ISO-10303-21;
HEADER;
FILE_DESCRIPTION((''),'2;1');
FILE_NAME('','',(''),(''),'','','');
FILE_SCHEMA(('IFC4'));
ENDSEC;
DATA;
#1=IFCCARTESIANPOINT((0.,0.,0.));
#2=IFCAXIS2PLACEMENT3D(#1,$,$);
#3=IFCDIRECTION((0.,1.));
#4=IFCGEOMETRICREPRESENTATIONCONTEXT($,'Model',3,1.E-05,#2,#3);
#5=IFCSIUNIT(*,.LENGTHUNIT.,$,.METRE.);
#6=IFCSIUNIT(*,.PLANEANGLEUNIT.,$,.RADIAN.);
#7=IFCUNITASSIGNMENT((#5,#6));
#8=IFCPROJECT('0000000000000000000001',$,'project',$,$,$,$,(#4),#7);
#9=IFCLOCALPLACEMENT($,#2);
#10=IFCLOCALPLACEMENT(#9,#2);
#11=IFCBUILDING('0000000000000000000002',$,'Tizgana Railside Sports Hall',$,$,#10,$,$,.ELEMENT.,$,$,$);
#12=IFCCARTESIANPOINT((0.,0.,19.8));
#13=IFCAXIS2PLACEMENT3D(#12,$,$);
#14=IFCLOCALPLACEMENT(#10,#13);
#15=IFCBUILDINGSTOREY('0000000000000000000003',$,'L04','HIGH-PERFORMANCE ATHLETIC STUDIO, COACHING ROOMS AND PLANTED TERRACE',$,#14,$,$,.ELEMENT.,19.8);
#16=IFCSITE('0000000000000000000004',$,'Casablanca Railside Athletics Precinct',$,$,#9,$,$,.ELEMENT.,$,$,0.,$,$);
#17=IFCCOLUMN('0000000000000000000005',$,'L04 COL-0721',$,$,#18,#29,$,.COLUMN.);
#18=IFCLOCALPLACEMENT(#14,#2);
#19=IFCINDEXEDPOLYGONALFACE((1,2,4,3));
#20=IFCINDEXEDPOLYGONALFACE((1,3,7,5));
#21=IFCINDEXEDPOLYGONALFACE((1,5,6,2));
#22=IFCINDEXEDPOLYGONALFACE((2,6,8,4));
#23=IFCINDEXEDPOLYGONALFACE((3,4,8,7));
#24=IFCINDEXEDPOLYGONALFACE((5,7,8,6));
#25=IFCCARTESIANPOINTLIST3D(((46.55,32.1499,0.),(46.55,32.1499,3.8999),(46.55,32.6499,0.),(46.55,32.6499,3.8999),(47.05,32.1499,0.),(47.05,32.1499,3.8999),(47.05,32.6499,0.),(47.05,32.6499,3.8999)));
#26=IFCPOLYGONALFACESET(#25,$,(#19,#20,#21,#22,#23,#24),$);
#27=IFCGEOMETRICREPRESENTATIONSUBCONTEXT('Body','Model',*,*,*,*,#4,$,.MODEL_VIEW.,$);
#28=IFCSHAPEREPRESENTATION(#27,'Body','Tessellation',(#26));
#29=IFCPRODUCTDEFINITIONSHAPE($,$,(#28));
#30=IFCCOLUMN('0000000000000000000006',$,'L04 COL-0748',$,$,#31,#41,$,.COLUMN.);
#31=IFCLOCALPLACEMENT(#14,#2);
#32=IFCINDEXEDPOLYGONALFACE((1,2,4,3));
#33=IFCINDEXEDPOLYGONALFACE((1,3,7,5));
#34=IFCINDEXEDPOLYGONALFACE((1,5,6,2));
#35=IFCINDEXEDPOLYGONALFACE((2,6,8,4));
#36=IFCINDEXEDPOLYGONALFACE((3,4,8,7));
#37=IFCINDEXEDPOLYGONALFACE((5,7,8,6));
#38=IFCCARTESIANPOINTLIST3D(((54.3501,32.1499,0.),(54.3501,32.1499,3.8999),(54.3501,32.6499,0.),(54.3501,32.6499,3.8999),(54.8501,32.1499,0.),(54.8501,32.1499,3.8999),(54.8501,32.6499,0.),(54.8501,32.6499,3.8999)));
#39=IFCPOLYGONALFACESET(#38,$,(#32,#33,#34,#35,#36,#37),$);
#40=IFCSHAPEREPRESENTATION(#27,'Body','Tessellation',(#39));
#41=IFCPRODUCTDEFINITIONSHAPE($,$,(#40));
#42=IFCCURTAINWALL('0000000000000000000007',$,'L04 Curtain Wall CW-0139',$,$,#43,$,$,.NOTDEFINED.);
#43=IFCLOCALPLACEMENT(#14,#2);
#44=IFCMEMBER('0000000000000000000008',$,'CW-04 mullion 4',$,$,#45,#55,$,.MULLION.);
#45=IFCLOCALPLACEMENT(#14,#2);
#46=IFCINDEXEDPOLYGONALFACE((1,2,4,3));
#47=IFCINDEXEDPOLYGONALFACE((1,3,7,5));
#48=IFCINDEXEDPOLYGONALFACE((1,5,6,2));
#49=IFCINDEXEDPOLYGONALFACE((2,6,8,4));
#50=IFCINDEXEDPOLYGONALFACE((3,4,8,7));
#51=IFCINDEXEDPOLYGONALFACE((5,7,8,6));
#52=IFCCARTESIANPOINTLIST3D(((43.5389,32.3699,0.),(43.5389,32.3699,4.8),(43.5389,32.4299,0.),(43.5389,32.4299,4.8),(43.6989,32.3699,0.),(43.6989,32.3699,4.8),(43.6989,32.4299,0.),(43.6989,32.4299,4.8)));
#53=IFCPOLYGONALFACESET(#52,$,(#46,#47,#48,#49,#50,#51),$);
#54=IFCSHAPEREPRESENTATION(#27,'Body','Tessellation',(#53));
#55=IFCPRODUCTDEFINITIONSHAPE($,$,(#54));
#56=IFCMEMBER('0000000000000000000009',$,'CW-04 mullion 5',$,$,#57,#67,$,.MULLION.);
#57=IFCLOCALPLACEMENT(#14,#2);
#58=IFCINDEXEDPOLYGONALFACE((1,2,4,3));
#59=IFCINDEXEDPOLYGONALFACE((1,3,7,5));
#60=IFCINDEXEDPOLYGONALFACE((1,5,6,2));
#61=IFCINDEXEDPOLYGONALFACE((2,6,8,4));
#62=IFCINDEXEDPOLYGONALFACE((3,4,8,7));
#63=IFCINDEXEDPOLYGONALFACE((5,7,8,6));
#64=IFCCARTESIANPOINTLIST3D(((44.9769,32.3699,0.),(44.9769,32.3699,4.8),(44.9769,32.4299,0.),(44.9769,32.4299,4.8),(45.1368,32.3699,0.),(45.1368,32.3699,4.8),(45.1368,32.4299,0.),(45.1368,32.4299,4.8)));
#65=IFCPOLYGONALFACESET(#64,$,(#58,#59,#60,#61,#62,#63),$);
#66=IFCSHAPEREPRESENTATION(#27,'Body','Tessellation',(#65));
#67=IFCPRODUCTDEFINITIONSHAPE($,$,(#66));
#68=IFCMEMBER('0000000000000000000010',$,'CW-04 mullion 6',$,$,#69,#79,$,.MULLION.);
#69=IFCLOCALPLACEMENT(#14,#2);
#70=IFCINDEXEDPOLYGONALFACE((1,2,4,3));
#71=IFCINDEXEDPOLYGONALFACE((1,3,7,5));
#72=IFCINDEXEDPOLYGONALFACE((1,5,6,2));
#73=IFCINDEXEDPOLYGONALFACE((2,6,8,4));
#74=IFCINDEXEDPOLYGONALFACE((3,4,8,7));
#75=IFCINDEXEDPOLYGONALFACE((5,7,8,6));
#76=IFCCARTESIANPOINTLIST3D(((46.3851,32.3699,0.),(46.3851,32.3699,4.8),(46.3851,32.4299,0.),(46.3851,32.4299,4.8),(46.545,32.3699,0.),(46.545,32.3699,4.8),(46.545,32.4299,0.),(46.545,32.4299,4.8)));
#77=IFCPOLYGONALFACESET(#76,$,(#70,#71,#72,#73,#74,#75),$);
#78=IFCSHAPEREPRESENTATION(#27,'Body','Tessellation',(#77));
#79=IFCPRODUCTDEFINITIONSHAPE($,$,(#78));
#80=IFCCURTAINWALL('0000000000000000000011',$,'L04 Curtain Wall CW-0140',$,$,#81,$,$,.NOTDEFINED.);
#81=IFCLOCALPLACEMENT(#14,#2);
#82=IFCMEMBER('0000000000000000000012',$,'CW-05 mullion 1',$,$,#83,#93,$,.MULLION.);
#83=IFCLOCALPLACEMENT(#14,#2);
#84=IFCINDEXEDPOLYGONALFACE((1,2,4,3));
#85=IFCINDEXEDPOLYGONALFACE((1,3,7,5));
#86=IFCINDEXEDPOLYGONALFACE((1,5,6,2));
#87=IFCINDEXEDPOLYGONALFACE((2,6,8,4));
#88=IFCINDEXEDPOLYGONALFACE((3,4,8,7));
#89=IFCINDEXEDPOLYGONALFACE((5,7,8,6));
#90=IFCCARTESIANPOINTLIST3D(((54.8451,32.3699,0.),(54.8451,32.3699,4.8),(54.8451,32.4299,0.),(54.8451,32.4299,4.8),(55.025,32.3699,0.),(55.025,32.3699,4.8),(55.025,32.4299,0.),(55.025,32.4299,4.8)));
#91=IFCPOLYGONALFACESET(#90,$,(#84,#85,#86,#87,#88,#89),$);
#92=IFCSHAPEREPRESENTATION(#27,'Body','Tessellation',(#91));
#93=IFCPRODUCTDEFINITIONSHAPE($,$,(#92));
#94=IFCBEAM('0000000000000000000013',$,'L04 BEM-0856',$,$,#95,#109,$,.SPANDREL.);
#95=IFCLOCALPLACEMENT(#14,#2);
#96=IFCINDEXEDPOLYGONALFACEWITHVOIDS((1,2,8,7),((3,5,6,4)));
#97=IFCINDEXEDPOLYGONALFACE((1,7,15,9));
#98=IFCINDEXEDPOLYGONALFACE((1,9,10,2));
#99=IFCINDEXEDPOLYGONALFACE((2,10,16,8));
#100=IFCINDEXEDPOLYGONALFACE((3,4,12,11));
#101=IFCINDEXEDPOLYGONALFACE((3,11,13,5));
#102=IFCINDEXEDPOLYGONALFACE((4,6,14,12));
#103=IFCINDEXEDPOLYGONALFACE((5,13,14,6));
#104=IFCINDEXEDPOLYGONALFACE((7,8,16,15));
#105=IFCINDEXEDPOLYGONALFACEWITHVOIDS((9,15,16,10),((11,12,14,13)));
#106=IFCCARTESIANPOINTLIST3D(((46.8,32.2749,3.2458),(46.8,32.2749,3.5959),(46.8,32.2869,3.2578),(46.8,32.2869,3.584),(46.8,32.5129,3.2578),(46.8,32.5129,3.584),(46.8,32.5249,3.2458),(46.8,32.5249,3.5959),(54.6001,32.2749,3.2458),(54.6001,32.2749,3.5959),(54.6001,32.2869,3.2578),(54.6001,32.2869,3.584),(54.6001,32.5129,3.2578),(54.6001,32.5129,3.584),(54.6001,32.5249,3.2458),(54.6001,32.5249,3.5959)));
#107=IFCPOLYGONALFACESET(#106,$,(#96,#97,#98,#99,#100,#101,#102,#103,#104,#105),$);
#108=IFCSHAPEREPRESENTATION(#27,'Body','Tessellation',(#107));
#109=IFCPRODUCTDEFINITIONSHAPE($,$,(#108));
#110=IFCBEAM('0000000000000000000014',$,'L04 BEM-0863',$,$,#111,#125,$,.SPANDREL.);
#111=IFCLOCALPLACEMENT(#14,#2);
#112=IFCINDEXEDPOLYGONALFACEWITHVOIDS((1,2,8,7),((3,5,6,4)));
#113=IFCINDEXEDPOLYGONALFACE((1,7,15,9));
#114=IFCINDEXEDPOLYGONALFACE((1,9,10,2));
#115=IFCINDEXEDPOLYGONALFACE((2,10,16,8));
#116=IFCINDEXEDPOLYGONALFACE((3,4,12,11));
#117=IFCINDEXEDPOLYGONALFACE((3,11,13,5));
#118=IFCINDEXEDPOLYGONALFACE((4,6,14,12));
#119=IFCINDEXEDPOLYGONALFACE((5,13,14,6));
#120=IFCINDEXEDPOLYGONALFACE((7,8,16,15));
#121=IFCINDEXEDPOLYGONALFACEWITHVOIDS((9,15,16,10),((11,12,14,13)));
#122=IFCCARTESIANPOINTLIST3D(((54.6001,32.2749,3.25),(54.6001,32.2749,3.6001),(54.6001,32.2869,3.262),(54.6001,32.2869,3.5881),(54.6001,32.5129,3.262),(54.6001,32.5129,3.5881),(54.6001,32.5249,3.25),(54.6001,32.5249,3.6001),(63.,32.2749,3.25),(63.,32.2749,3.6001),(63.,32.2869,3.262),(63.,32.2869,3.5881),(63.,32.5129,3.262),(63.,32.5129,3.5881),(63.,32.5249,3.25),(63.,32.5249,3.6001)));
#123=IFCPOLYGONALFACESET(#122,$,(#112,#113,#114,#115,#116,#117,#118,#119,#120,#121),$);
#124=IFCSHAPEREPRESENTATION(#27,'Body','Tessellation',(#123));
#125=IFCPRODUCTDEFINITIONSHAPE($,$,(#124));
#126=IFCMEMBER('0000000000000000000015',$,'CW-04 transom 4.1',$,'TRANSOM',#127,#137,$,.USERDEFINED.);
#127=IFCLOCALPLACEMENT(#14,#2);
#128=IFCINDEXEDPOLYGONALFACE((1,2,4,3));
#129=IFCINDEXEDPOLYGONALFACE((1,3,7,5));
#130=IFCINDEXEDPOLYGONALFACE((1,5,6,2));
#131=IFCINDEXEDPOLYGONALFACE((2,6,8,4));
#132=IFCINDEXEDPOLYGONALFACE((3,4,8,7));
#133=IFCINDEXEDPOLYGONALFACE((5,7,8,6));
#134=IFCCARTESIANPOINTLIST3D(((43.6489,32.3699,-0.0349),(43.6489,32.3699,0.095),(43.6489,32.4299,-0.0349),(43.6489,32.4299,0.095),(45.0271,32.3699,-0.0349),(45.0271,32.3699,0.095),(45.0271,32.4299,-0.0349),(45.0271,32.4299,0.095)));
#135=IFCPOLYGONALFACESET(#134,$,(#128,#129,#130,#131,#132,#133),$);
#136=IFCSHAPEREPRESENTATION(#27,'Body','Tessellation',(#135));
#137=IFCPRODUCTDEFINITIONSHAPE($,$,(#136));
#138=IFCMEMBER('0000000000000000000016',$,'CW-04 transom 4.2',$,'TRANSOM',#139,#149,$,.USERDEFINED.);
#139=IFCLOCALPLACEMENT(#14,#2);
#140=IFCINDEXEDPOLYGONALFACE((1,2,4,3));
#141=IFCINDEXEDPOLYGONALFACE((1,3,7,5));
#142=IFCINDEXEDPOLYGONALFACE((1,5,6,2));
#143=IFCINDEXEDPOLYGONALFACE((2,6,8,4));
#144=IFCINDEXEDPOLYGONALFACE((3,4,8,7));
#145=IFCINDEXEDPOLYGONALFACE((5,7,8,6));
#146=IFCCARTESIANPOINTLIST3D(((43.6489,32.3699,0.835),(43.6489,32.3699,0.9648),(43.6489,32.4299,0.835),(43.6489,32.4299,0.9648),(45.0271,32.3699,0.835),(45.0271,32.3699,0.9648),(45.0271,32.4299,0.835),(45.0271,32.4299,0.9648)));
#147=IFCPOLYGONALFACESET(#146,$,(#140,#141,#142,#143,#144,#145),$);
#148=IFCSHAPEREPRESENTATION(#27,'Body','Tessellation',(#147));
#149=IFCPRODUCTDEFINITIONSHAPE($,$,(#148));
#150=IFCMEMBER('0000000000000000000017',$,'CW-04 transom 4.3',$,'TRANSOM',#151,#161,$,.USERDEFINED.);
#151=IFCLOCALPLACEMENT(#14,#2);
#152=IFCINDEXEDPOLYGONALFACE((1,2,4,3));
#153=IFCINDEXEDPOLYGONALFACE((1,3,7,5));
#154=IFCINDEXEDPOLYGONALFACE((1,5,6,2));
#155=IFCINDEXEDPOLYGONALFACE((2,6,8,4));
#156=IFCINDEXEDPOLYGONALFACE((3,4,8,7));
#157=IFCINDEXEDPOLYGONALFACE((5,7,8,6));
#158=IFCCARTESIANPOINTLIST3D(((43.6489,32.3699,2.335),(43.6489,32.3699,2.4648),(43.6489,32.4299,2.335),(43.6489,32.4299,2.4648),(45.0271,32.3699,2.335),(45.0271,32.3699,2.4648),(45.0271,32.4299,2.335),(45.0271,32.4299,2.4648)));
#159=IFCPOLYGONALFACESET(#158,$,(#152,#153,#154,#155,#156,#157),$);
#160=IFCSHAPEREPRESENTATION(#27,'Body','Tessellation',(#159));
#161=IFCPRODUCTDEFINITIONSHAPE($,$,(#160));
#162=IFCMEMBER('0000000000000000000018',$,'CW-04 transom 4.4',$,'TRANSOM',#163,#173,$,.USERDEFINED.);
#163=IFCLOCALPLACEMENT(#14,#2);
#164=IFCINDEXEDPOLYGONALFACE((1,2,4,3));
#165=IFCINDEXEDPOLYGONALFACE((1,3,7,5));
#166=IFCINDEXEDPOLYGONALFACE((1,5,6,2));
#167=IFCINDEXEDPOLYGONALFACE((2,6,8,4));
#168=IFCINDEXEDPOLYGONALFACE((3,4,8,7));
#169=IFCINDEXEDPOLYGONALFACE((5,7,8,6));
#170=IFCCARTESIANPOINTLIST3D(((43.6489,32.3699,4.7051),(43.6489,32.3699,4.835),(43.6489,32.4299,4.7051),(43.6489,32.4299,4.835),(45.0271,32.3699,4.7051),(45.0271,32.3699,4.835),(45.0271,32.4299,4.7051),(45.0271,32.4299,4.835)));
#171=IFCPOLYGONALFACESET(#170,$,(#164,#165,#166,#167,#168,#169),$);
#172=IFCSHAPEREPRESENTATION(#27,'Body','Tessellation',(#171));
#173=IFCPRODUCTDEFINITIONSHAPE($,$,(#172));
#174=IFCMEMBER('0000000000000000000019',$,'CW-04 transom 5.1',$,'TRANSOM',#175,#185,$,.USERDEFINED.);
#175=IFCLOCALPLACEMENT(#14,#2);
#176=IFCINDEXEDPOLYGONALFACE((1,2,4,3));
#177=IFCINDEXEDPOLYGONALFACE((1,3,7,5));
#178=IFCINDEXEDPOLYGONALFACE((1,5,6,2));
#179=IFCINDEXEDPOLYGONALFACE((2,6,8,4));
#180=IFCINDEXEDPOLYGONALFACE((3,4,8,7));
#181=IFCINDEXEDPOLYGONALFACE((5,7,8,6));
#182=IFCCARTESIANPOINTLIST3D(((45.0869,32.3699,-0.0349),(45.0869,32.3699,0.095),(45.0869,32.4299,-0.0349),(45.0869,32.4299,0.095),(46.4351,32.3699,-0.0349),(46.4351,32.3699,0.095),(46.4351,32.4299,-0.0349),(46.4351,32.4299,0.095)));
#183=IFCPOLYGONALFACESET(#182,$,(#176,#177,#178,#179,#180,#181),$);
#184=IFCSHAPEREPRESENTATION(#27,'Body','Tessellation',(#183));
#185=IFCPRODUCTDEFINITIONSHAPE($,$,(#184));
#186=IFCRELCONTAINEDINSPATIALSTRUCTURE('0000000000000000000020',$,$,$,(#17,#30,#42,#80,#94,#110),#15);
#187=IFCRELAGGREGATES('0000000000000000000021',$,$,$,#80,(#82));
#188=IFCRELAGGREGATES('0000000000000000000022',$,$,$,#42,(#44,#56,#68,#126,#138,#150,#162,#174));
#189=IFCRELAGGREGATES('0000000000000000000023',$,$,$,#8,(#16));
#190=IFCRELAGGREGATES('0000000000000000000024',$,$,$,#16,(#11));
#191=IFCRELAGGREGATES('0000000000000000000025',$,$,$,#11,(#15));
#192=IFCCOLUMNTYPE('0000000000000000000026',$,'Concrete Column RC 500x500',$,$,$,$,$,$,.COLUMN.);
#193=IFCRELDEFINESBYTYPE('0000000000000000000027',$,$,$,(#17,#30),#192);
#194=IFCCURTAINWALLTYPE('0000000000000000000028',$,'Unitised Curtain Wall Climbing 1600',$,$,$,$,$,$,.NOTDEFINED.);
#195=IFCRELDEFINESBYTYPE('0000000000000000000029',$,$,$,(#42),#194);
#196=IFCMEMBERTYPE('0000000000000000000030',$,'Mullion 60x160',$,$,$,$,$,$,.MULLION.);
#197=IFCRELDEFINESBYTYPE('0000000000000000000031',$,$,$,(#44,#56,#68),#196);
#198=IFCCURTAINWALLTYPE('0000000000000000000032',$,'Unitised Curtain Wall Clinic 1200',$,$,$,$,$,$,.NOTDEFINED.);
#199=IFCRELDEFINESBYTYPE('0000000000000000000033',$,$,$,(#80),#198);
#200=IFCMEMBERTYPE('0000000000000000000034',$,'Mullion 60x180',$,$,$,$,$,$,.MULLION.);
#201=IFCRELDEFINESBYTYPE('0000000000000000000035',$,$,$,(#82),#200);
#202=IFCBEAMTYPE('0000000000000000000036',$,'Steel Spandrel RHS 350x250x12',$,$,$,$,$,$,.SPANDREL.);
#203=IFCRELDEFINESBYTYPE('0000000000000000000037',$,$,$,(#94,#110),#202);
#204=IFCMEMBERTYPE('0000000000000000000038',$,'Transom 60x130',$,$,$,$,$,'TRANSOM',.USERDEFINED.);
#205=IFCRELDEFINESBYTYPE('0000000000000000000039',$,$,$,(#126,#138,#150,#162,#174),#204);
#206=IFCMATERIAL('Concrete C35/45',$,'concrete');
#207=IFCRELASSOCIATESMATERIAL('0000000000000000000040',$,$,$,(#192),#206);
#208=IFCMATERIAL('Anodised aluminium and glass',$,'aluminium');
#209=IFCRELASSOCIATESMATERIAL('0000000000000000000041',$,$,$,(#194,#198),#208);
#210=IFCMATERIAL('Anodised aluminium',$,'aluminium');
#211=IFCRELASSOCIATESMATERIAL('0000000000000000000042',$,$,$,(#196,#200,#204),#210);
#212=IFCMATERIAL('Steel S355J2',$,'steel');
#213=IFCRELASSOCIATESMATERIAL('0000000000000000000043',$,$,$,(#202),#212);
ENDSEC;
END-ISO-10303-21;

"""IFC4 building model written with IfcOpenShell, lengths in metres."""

from ifc_helpers import new_model, si_unit, direction, frame, origin, origin_2d, place, context, subcontext, project, spatial, rectangle, hollow_rectangle, extrude, material, material_profile, profile_set, type_object, element, aggregate, save


model = new_model("IFC4")

# Units and contexts
model_context = context("Model", 3, precision=1e-05, world=origin(), true_north=direction((0.0, 1.0)))
body_context = subcontext(model_context, "Body", "Model", "MODEL_VIEW")
ifc_project = project(units=[si_unit("LENGTHUNIT", "METRE"), si_unit("PLANEANGLEUNIT", "RADIAN")], contexts=[model_context])

# Site, building, storey
site_placement = place(None, origin())
site = spatial("IfcSite", under=ifc_project, at=site_placement, Name="Casablanca Railside Athletics Precinct", CompositionType="ELEMENT", RefElevation=0.0)
building_placement = place(site_placement, origin())
building = spatial("IfcBuilding", under=site, at=building_placement, Name="Tizgana Railside Sports Hall", CompositionType="ELEMENT")
storey_placement = place(building_placement, frame((0.0, 0.0, 19.8)))
storey = spatial("IfcBuildingStorey", under=building, at=storey_placement, Name="L04", Description="HIGH-PERFORMANCE ATHLETIC STUDIO, COACHING ROOMS AND PLANTED TERRACE", CompositionType="ELEMENT", Elevation=19.8)

# Columns
ifc_material_1 = material(Name="Concrete C35/45", Category="concrete")
ifc_material_profile_1 = material_profile(ifc_material_1, rectangle(XDim=0.5, YDim=0.5, at=origin_2d()), Name="RC 500x500")
ifc_profile_set_1 = profile_set([ifc_material_profile_1], Name="Concrete C35/45")
column_type = type_object("IfcColumnType", Name="Concrete Column RC 500x500", PredefinedType="COLUMN", material=ifc_profile_set_1)
for number, where, z_axis, x_axis, name in (
    (1, (46.8, 32.3999, 0.0), (0.0, 0.0, 1.0), (1.0, 0.0, 0.0), "L04 COL-0721"),
    (2, (54.6001, 32.3999, 0.0), (0.0, 0.0, 1.0), (1.0, 0.0, 0.0), "L04 COL-0748"),
):
    element("IfcColumn", number, at=place(storey_placement, frame(where, z_axis=z_axis, x_axis=x_axis)), inside=storey, type_object=column_type, Name=name, PredefinedType="COLUMN", context=body_context, shape_type="SweptSolid", body=[
        extrude(rectangle(XDim=0.5, YDim=0.5, at=origin_2d()), origin(), (0.0, 0.0, 1.0), 3.8999),
    ])

# Curtain wall, members
ifc_material_2 = material(Name="Anodised aluminium and glass", Category="aluminium")
curtain_wall_type_1 = type_object("IfcCurtainWallType", Name="Unitised Curtain Wall Climbing 1600", PredefinedType="NOTDEFINED", material=ifc_material_2)
curtain_wall_1_placement = place(storey_placement, origin())
curtain_wall_1 = element("IfcCurtainWall", 3, at=curtain_wall_1_placement, inside=storey, type_object=curtain_wall_type_1, Name="L04 Curtain Wall CW-0139", PredefinedType="NOTDEFINED")
ifc_material_3 = material(Name="Anodised aluminium", Category="aluminium")
ifc_material_profile_2 = material_profile(ifc_material_3, rectangle(XDim=0.0601, YDim=0.1599, at=origin_2d()), Name="Mullion 60x160")
ifc_profile_set_2 = profile_set([ifc_material_profile_2], Name="Anodised aluminium")
member_type_1 = type_object("IfcMemberType", Name="Mullion 60x160", PredefinedType="MULLION", material=ifc_profile_set_2)
member_1_placement = place(storey_placement, frame((43.6189, 32.3999, 0.0), z_axis=(0.0, 0.0, 1.0), x_axis=(0.0, 1.0, 0.0)))
member_1 = element("IfcMember", 4, at=member_1_placement, type_object=member_type_1, Name="CW-04 mullion 4", PredefinedType="MULLION", context=body_context, shape_type="SweptSolid", body=[
    extrude(rectangle(XDim=0.0601, YDim=0.1599, at=origin_2d()), origin(), (0.0, 0.0, 1.0), 4.8),
])
member_2_placement = place(storey_placement, frame((45.0569, 32.3999, 0.0), z_axis=(0.0, 0.0, 1.0), x_axis=(0.0, 1.0, 0.0)))
member_2 = element("IfcMember", 5, at=member_2_placement, type_object=member_type_1, Name="CW-04 mullion 5", PredefinedType="MULLION", context=body_context, shape_type="SweptSolid", body=[
    extrude(rectangle(XDim=0.0601, YDim=0.1599, at=origin_2d()), origin(), (0.0, 0.0, 1.0), 4.8),
])
member_3_placement = place(storey_placement, frame((46.4651, 32.3999, 0.0), z_axis=(0.0, 0.0, 1.0), x_axis=(0.0, 1.0, 0.0)))
member_3 = element("IfcMember", 6, at=member_3_placement, type_object=member_type_1, Name="CW-04 mullion 6", PredefinedType="MULLION", context=body_context, shape_type="SweptSolid", body=[
    extrude(rectangle(XDim=0.0601, YDim=0.1599, at=origin_2d()), origin(), (0.0, 0.0, 1.0), 4.8),
])

# Curtain wall, member
curtain_wall_type_2 = type_object("IfcCurtainWallType", Name="Unitised Curtain Wall Clinic 1200", PredefinedType="NOTDEFINED", material=ifc_material_2)
curtain_wall_2_placement = place(storey_placement, origin())
curtain_wall_2 = element("IfcCurtainWall", 7, at=curtain_wall_2_placement, inside=storey, type_object=curtain_wall_type_2, Name="L04 Curtain Wall CW-0140", PredefinedType="NOTDEFINED")
ifc_material_profile_3 = material_profile(ifc_material_3, rectangle(XDim=0.0601, YDim=0.1799, at=origin_2d()), Name="Mullion 60x180")
ifc_profile_set_3 = profile_set([ifc_material_profile_3], Name="Anodised aluminium")
member_type_2 = type_object("IfcMemberType", Name="Mullion 60x180", PredefinedType="MULLION", material=ifc_profile_set_3)
member_4_placement = place(storey_placement, frame((54.9351, 32.3999, 0.0), z_axis=(0.0, 0.0, 1.0), x_axis=(0.0, 1.0, 0.0)))
member_4 = element("IfcMember", 8, at=member_4_placement, type_object=member_type_2, Name="CW-05 mullion 1", PredefinedType="MULLION", context=body_context, shape_type="SweptSolid", body=[
    extrude(rectangle(XDim=0.0601, YDim=0.1799, at=origin_2d()), origin(), (0.0, 0.0, 1.0), 4.8),
])

# Beams
ifc_material_4 = material(Name="Steel S355J2", Category="steel")
ifc_material_profile_4 = material_profile(ifc_material_4, hollow_rectangle(XDim=0.25, YDim=0.3501, WallThickness=0.012, at=origin_2d()), Name="RHS 350x250x12")
ifc_profile_set_4 = profile_set([ifc_material_profile_4], Name="Steel S355J2")
beam_type = type_object("IfcBeamType", Name="Steel Spandrel RHS 350x250x12", PredefinedType="SPANDREL", material=ifc_profile_set_4)
beam_1_placement = place(storey_placement, frame((46.8, 32.3999, 3.4209), z_axis=(1.0, 0.0, 0.0), x_axis=(0.0, 1.0, 0.0)))
element("IfcBeam", 9, at=beam_1_placement, inside=storey, type_object=beam_type, Name="L04 BEM-0856", PredefinedType="SPANDREL", context=body_context, shape_type="SweptSolid", body=[
    extrude(hollow_rectangle(XDim=0.25, YDim=0.3501, WallThickness=0.012, at=origin_2d()), origin(), (0.0, 0.0, 1.0), 7.8),
])
beam_2_placement = place(storey_placement, frame((54.6001, 32.3999, 3.425), z_axis=(1.0, 0.0, 0.0), x_axis=(0.0, 1.0, 0.0)))
element("IfcBeam", 10, at=beam_2_placement, inside=storey, type_object=beam_type, Name="L04 BEM-0863", PredefinedType="SPANDREL", context=body_context, shape_type="SweptSolid", body=[
    extrude(hollow_rectangle(XDim=0.25, YDim=0.3501, WallThickness=0.012, at=origin_2d()), origin(), (0.0, 0.0, 1.0), 8.3999),
])

# Members
ifc_material_profile_5 = material_profile(ifc_material_3, rectangle(XDim=0.0601, YDim=0.1299, at=origin_2d()), Name="Transom 60x130")
ifc_profile_set_5 = profile_set([ifc_material_profile_5], Name="Anodised aluminium")
member_type_3 = type_object("IfcMemberType", Name="Transom 60x130", ElementType="TRANSOM", PredefinedType="USERDEFINED", material=ifc_profile_set_5)
member_5_placement = place(storey_placement, frame((43.6489, 32.3999, 0.03), z_axis=(1.0, 0.0, 0.0), x_axis=(0.0, 1.0, 0.0)))
member_5 = element("IfcMember", 11, at=member_5_placement, type_object=member_type_3, Name="CW-04 transom 4.1", ObjectType="TRANSOM", PredefinedType="USERDEFINED", context=body_context, shape_type="SweptSolid", body=[
    extrude(rectangle(XDim=0.0601, YDim=0.1299, at=origin_2d()), origin(), (0.0, 0.0, 1.0), 1.3782),
])
member_6_placement = place(storey_placement, frame((43.6489, 32.3999, 0.8999), z_axis=(1.0, 0.0, 0.0), x_axis=(0.0, 1.0, 0.0)))
member_6 = element("IfcMember", 12, at=member_6_placement, type_object=member_type_3, Name="CW-04 transom 4.2", ObjectType="TRANSOM", PredefinedType="USERDEFINED", context=body_context, shape_type="SweptSolid", body=[
    extrude(rectangle(XDim=0.0601, YDim=0.1299, at=origin_2d()), origin(), (0.0, 0.0, 1.0), 1.3782),
])
member_7_placement = place(storey_placement, frame((43.6489, 32.3999, 2.3999), z_axis=(1.0, 0.0, 0.0), x_axis=(0.0, 1.0, 0.0)))
member_7 = element("IfcMember", 13, at=member_7_placement, type_object=member_type_3, Name="CW-04 transom 4.3", ObjectType="TRANSOM", PredefinedType="USERDEFINED", context=body_context, shape_type="SweptSolid", body=[
    extrude(rectangle(XDim=0.0601, YDim=0.1299, at=origin_2d()), origin(), (0.0, 0.0, 1.0), 1.3782),
])
member_8_placement = place(storey_placement, frame((43.6489, 32.3999, 4.77), z_axis=(1.0, 0.0, 0.0), x_axis=(0.0, 1.0, 0.0)))
member_8 = element("IfcMember", 14, at=member_8_placement, type_object=member_type_3, Name="CW-04 transom 4.4", ObjectType="TRANSOM", PredefinedType="USERDEFINED", context=body_context, shape_type="SweptSolid", body=[
    extrude(rectangle(XDim=0.0601, YDim=0.1299, at=origin_2d()), origin(), (0.0, 0.0, 1.0), 1.3782),
])
member_9_placement = place(storey_placement, frame((45.0869, 32.3999, 0.03), z_axis=(1.0, 0.0, 0.0), x_axis=(0.0, 1.0, 0.0)))
member_9 = element("IfcMember", 15, at=member_9_placement, type_object=member_type_3, Name="CW-04 transom 5.1", ObjectType="TRANSOM", PredefinedType="USERDEFINED", context=body_context, shape_type="SweptSolid", body=[
    extrude(rectangle(XDim=0.0601, YDim=0.1299, at=origin_2d()), origin(), (0.0, 0.0, 1.0), 1.3481),
])
aggregate(curtain_wall_2, [member_4])

aggregate(curtain_wall_1, [member_1, member_2, member_3, member_5, member_6, member_7, member_8, member_9])

save(model, "model.ifc")
